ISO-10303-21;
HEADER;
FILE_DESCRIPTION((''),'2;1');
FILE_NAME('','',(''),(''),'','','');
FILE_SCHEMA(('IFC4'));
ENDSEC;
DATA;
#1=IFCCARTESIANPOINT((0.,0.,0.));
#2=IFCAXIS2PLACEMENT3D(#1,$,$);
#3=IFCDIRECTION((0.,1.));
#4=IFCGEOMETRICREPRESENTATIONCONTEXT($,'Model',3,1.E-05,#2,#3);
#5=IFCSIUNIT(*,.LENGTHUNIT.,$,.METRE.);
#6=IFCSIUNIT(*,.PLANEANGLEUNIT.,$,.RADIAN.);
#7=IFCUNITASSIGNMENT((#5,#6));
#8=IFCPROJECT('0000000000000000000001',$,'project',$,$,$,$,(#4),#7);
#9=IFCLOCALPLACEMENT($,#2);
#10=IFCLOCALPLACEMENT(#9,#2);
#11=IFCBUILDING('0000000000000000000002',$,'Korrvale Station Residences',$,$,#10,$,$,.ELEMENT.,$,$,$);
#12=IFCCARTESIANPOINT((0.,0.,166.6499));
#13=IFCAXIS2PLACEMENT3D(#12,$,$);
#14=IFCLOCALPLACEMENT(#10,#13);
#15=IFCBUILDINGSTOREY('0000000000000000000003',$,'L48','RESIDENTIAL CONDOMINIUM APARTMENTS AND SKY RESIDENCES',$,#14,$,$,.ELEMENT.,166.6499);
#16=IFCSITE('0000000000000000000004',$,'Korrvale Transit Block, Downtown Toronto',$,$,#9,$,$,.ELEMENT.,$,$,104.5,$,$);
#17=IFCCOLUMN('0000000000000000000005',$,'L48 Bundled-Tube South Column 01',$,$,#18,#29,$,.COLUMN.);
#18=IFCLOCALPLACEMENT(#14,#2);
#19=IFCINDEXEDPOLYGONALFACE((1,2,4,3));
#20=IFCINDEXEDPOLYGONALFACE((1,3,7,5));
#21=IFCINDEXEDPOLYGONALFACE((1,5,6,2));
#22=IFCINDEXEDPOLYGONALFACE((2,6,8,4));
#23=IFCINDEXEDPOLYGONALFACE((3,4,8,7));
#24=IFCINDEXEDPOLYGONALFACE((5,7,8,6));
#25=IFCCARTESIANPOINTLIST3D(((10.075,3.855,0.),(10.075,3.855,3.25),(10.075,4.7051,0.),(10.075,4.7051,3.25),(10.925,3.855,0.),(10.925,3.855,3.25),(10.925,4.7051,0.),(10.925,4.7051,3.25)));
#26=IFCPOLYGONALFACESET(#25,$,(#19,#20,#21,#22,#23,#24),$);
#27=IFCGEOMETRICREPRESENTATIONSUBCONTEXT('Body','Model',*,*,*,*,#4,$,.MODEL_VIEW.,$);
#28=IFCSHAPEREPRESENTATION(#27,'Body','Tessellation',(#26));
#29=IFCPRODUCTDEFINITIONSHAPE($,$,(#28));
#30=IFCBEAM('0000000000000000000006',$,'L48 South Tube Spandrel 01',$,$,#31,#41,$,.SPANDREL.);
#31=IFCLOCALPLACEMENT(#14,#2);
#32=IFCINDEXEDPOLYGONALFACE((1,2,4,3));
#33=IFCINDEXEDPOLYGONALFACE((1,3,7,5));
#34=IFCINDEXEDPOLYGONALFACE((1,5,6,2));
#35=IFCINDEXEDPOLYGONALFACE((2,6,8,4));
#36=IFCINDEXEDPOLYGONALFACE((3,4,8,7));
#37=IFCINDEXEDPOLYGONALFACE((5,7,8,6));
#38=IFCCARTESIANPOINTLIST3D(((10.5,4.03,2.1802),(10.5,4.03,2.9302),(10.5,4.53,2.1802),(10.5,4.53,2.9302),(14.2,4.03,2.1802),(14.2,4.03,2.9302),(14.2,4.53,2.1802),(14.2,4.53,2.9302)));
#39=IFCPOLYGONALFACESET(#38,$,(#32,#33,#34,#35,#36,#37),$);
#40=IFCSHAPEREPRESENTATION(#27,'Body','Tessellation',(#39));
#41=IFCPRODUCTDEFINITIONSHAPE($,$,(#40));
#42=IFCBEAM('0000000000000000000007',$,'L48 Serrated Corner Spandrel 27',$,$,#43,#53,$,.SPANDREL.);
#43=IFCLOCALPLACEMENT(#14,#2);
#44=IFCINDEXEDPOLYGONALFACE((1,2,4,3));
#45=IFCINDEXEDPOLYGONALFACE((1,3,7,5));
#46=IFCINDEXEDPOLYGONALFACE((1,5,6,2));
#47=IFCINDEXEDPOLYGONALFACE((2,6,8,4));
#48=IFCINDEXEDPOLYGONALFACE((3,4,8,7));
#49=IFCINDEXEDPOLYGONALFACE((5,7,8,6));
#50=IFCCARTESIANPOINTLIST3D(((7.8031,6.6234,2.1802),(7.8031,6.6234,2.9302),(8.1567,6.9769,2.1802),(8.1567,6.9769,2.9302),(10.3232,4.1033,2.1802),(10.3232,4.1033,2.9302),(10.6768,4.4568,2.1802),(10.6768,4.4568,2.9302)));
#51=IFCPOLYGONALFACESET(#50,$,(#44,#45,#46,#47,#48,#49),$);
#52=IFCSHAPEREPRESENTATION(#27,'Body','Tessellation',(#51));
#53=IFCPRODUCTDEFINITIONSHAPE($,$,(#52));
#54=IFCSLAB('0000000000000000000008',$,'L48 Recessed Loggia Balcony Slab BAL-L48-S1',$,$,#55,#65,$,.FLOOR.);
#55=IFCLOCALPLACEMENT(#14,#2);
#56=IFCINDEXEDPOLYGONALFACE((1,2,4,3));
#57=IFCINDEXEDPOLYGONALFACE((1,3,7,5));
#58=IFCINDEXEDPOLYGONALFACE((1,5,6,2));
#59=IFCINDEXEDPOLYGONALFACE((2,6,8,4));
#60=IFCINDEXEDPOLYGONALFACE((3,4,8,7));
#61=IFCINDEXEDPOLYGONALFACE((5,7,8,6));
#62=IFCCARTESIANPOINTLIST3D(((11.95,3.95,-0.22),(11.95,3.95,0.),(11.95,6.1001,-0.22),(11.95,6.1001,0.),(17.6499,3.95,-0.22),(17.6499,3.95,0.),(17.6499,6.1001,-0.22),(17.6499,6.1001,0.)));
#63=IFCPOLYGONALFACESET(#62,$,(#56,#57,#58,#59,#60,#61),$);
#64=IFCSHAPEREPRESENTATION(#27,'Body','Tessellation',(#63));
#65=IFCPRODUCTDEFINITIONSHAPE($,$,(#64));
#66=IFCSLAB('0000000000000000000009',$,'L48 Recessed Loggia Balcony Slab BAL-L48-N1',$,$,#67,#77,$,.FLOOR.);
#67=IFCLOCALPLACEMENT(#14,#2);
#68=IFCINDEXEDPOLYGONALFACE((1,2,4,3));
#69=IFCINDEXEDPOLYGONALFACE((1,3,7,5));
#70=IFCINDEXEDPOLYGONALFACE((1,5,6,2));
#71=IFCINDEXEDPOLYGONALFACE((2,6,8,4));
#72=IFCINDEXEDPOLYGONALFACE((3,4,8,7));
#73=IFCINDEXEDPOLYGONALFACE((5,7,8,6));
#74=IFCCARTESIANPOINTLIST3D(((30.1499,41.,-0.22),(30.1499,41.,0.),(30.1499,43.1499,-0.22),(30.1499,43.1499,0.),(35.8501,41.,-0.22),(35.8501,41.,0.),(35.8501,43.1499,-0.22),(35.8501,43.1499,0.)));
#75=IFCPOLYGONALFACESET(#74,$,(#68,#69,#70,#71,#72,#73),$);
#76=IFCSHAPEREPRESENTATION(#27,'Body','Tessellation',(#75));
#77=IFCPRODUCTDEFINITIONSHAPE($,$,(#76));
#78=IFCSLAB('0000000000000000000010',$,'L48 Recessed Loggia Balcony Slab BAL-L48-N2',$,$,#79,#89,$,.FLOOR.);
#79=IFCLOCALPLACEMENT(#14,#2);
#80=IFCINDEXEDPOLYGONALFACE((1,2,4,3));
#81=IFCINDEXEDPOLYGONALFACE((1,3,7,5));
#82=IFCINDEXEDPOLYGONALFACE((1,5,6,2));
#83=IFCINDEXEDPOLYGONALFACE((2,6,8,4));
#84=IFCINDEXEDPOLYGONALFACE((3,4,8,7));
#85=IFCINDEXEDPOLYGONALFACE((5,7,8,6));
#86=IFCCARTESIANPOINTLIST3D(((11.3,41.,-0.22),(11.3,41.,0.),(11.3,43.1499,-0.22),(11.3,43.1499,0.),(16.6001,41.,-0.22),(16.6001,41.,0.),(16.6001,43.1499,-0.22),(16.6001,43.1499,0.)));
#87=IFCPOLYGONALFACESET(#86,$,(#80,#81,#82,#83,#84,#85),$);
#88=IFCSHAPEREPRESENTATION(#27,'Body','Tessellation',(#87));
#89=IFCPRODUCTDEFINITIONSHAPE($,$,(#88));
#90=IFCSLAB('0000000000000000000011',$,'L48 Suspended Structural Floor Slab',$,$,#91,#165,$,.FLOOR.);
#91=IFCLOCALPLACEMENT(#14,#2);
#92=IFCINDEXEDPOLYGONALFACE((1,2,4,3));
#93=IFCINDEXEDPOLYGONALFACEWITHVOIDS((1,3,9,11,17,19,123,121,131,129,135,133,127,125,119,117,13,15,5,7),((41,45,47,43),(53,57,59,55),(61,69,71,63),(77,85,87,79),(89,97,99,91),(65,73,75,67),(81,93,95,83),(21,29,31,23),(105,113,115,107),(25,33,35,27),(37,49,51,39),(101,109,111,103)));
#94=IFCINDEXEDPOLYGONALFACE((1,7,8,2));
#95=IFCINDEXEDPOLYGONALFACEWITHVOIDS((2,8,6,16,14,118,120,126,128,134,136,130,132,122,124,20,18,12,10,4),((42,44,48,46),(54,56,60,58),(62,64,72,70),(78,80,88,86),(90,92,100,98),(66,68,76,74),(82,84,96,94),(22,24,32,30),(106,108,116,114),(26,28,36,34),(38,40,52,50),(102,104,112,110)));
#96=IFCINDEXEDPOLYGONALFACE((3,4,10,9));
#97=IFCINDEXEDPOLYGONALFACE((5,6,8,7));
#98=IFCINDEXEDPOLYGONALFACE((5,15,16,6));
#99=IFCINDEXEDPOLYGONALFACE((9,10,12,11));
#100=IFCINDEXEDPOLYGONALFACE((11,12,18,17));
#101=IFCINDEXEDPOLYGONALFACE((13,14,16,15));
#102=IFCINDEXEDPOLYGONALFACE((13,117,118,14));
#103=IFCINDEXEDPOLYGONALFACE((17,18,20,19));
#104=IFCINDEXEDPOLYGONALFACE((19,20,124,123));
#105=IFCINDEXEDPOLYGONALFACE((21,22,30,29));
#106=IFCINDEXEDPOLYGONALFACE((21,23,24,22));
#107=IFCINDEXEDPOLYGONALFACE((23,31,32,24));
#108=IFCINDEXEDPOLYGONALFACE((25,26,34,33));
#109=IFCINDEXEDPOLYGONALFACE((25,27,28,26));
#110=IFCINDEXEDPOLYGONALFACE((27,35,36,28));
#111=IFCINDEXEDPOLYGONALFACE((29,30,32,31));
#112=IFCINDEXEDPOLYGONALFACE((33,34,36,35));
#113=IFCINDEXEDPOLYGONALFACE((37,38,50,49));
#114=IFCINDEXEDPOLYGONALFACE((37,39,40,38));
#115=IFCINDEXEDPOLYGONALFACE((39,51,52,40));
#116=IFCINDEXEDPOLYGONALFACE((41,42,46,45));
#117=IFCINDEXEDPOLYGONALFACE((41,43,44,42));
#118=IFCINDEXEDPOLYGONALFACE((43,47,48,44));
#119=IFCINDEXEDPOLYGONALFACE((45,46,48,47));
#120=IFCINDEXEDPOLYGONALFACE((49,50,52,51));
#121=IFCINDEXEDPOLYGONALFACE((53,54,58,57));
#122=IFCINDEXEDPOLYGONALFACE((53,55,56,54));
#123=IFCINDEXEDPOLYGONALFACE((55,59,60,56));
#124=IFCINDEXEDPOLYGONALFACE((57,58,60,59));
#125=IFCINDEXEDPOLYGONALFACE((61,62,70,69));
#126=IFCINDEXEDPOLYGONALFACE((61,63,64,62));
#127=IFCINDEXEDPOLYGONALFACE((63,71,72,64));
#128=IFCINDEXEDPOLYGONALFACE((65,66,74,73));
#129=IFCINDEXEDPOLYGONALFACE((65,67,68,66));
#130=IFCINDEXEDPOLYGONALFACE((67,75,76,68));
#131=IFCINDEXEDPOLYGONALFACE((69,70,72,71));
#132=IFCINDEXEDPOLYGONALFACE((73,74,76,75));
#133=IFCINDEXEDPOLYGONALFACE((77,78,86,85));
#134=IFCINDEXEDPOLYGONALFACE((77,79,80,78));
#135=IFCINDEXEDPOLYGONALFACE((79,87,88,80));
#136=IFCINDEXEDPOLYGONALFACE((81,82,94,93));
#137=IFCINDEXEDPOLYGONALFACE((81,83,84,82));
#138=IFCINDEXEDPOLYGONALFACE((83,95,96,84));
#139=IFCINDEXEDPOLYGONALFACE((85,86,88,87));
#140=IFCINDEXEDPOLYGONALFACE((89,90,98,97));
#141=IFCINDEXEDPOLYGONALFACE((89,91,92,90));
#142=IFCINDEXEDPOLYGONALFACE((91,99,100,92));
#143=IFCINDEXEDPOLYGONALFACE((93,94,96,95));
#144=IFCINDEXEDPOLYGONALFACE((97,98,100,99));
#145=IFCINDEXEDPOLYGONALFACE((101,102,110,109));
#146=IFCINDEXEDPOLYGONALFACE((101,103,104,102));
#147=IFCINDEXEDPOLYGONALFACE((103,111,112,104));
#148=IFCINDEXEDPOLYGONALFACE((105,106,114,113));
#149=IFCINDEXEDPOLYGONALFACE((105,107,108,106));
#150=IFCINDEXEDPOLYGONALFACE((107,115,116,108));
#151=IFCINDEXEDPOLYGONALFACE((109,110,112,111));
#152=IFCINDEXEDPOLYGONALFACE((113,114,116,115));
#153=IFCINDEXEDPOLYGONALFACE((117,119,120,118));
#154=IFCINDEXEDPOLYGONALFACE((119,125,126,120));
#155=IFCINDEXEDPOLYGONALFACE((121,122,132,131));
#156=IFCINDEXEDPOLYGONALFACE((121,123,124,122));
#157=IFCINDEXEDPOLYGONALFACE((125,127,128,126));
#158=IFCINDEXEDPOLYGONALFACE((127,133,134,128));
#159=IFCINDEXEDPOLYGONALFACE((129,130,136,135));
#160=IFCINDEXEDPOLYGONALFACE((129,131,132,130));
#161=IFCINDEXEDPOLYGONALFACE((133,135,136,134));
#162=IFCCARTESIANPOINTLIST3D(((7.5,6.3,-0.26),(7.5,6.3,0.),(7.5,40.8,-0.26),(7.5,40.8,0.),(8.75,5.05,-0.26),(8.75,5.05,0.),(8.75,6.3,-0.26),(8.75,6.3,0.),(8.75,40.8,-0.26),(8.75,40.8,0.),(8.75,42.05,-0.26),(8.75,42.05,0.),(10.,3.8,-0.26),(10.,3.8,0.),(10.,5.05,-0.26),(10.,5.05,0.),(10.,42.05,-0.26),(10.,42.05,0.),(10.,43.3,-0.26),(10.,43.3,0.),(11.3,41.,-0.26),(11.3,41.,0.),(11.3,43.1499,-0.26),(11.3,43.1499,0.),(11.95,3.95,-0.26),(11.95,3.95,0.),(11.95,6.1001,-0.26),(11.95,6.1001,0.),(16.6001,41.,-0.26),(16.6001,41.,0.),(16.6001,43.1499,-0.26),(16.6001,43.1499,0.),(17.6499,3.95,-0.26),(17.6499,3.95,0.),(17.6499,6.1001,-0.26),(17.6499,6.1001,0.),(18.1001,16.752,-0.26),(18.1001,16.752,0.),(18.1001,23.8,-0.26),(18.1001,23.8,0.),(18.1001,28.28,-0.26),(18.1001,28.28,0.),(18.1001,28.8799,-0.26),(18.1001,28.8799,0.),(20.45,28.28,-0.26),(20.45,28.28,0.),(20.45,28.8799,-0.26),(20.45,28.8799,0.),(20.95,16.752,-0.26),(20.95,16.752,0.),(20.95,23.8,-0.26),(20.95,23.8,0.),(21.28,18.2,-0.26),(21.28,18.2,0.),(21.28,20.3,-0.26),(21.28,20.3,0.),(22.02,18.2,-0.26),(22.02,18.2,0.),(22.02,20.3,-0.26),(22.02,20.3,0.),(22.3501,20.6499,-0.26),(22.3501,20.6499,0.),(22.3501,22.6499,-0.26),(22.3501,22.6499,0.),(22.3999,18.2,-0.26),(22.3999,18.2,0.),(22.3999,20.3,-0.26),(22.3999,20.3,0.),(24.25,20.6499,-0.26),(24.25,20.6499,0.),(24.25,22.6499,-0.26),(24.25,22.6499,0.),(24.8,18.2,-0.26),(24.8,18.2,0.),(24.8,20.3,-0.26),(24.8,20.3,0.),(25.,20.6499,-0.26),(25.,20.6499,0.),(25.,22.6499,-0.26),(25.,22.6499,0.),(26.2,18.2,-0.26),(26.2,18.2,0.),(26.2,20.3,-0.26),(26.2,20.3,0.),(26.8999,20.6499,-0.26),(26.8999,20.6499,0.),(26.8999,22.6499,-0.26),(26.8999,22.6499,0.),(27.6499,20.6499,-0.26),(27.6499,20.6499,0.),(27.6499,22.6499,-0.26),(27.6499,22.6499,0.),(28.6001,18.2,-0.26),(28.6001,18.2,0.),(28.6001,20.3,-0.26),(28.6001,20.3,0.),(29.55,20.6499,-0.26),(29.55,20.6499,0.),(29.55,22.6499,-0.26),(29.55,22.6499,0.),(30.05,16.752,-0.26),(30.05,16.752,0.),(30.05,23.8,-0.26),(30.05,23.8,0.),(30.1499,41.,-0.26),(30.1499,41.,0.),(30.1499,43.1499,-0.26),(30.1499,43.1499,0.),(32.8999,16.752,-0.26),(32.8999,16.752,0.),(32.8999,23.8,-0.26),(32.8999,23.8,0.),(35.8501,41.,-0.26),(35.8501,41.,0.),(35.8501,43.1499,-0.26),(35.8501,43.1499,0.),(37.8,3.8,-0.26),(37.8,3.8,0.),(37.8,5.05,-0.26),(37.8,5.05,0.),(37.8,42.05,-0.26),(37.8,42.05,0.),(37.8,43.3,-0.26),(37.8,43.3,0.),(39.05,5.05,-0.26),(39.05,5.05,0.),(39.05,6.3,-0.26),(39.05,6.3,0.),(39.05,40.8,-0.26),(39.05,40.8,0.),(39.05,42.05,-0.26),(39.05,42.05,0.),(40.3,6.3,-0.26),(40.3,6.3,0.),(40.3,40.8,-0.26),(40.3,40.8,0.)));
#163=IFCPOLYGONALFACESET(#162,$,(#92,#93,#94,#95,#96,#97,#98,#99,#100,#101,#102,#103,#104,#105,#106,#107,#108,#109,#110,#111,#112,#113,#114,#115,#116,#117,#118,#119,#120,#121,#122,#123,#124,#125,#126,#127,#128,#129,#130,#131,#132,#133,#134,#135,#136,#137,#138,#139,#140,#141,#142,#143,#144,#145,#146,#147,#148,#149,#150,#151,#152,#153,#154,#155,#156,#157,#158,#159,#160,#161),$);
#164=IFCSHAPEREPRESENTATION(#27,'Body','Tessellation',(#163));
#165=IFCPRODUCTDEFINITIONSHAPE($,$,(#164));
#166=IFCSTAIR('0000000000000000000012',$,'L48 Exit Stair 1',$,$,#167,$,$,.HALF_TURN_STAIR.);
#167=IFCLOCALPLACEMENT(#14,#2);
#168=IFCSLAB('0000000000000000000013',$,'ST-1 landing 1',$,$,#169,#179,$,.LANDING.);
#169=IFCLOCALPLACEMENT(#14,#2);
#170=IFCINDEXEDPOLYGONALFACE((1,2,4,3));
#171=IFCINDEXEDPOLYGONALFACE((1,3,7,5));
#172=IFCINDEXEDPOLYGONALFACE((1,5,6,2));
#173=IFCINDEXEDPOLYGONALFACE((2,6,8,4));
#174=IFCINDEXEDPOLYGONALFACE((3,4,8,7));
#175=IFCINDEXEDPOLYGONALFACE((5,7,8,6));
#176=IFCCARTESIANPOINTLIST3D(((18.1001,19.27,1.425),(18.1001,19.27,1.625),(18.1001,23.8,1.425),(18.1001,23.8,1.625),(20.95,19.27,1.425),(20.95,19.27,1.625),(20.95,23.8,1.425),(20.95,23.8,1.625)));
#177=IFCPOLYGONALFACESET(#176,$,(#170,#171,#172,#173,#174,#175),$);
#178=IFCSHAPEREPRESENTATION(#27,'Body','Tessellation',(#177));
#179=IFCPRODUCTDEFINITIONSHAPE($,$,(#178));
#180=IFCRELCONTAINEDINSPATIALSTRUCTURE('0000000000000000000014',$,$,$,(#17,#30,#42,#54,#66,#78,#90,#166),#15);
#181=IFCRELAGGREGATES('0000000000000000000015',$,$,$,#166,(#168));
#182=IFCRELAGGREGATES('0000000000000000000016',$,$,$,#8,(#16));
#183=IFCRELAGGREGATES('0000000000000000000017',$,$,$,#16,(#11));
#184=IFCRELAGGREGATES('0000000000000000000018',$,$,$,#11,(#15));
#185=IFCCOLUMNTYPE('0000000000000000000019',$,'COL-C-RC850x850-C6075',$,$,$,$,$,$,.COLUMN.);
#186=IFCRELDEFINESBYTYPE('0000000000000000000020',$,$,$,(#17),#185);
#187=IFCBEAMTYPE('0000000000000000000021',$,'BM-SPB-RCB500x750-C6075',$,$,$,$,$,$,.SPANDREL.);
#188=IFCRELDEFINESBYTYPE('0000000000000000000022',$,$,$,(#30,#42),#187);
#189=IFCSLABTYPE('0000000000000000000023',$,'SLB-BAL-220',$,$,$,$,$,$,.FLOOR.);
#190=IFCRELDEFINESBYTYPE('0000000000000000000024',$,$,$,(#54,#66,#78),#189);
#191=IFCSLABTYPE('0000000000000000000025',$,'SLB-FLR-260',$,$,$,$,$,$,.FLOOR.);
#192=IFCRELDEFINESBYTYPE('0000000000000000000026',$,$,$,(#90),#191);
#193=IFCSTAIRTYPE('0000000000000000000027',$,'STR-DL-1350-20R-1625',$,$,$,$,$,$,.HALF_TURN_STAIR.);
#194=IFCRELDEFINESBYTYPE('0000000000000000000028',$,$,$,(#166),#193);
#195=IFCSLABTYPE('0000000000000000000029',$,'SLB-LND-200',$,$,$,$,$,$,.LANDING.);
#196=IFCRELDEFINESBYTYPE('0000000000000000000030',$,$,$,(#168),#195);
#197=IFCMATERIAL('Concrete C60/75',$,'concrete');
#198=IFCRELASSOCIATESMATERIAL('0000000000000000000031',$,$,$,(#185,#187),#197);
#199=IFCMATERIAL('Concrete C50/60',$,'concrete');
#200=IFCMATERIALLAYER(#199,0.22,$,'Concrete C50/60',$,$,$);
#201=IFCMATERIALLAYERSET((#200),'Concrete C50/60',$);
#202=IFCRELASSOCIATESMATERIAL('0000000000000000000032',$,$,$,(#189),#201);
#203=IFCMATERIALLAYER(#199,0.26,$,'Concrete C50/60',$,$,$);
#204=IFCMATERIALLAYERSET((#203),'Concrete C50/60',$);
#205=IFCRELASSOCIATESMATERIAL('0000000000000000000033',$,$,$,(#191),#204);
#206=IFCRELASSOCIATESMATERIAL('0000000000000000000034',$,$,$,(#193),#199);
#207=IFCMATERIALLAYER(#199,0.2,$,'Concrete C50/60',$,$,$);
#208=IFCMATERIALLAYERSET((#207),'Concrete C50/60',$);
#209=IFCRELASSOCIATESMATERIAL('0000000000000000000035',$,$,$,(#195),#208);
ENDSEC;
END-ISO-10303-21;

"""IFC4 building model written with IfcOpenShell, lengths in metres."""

from ifc_helpers import new_model, si_unit, direction, frame, origin, origin_2d, place, context, subcontext, project, spatial, polyline, rectangle, outline, extrude, material, layer, layer_set, material_profile, profile_set, type_object, element, aggregate, save


model = new_model("IFC4")

# Units and contexts
model_context = context("Model", 3, precision=1e-05, world=origin(), true_north=direction((0.0, 1.0)))
body_context = subcontext(model_context, "Body", "Model", "MODEL_VIEW")
ifc_project = project(units=[si_unit("LENGTHUNIT", "METRE"), si_unit("PLANEANGLEUNIT", "RADIAN")], contexts=[model_context])

# Site, building, storey
site_placement = place(None, origin())
site = spatial("IfcSite", under=ifc_project, at=site_placement, Name="Korrvale Transit Block, Downtown Toronto", CompositionType="ELEMENT", RefElevation=104.5)
building_placement = place(site_placement, origin())
building = spatial("IfcBuilding", under=site, at=building_placement, Name="Korrvale Station Residences", CompositionType="ELEMENT")
storey_placement = place(building_placement, frame((0.0, 0.0, 166.6499)))
storey = spatial("IfcBuildingStorey", under=building, at=storey_placement, Name="L48", Description="RESIDENTIAL CONDOMINIUM APARTMENTS AND SKY RESIDENCES", CompositionType="ELEMENT", Elevation=166.6499)

# Column
ifc_material_1 = material(Name="Concrete C60/75", Category="concrete")
ifc_material_profile_1 = material_profile(ifc_material_1, rectangle(XDim=0.8501, YDim=0.8501, at=origin_2d()), Name="RC850x850")
ifc_profile_set_1 = profile_set([ifc_material_profile_1], Name="Concrete C60/75")
column_type = type_object("IfcColumnType", Name="COL-C-RC850x850-C6075", PredefinedType="COLUMN", material=ifc_profile_set_1)
column_placement = place(storey_placement, frame((10.5, 4.28, 0.0), z_axis=(0.0, 0.0, 1.0), x_axis=(1.0, 0.0, 0.0)))
element("IfcColumn", 1, at=column_placement, inside=storey, type_object=column_type, Name="L48 Bundled-Tube South Column 01", PredefinedType="COLUMN", context=body_context, shape_type="SweptSolid", body=[
    extrude(rectangle(XDim=0.8501, YDim=0.8501, at=origin_2d()), origin(), (0.0, 0.0, 1.0), 3.25),
])

# Beams
ifc_material_profile_2 = material_profile(ifc_material_1, rectangle(XDim=0.5, YDim=0.75, at=origin_2d()), Name="RCB500x750")
ifc_profile_set_2 = profile_set([ifc_material_profile_2], Name="Concrete C60/75")
beam_type = type_object("IfcBeamType", Name="BM-SPB-RCB500x750-C6075", PredefinedType="SPANDREL", material=ifc_profile_set_2)
beam_1_placement = place(storey_placement, frame((10.5, 4.28, 2.5552), z_axis=(1.0, 0.0, 0.0), x_axis=(0.0, 1.0, 0.0)))
element("IfcBeam", 2, at=beam_1_placement, inside=storey, type_object=beam_type, Name="L48 South Tube Spandrel 01", PredefinedType="SPANDREL", context=body_context, shape_type="SweptSolid", body=[
    extrude(rectangle(XDim=0.5, YDim=0.75, at=origin_2d()), origin(), (0.0, 0.0, 1.0), 3.7),
])
beam_2_placement = place(storey_placement, frame((10.5, 4.28, 2.5552), z_axis=(-0.707107, 0.707107, 0.0), x_axis=(-0.707107, -0.707107, 0.0)))
element("IfcBeam", 3, at=beam_2_placement, inside=storey, type_object=beam_type, Name="L48 Serrated Corner Spandrel 27", PredefinedType="SPANDREL", context=body_context, shape_type="SweptSolid", body=[
    extrude(rectangle(XDim=0.5, YDim=0.75, at=origin_2d()), origin(), (0.0, 0.0, 1.0), 3.564),
])

# Slabs
ifc_material_2 = material(Name="Concrete C50/60", Category="concrete")
ifc_layer_1 = layer(ifc_material_2, 0.22, Name="Concrete C50/60")
ifc_layer_set_1 = layer_set([ifc_layer_1], Name="Concrete C50/60")
slab_type_1 = type_object("IfcSlabType", Name="SLB-BAL-220", PredefinedType="FLOOR", material=ifc_layer_set_1)
slab_1_placement = place(storey_placement, frame((0.0, 0.0, -0.22)))
element("IfcSlab", 4, at=slab_1_placement, inside=storey, type_object=slab_type_1, Name="L48 Recessed Loggia Balcony Slab BAL-L48-S1", PredefinedType="FLOOR", context=body_context, shape_type="SweptSolid", body=[
    extrude(outline(polyline([(11.95, 3.95), (17.6499, 3.95), (17.6499, 6.1001), (11.95, 6.1001), (11.95, 3.95)])), origin(), (0.0, 0.0, 1.0), 0.22),
])
slab_2_placement = place(storey_placement, frame((0.0, 0.0, -0.22)))
element("IfcSlab", 5, at=slab_2_placement, inside=storey, type_object=slab_type_1, Name="L48 Recessed Loggia Balcony Slab BAL-L48-N1", PredefinedType="FLOOR", context=body_context, shape_type="SweptSolid", body=[
    extrude(outline(polyline([(30.1499, 41.0), (35.8501, 41.0), (35.8501, 43.1499), (30.1499, 43.1499), (30.1499, 41.0)])), origin(), (0.0, 0.0, 1.0), 0.22),
])
slab_3_placement = place(storey_placement, frame((0.0, 0.0, -0.22)))
element("IfcSlab", 6, at=slab_3_placement, inside=storey, type_object=slab_type_1, Name="L48 Recessed Loggia Balcony Slab BAL-L48-N2", PredefinedType="FLOOR", context=body_context, shape_type="SweptSolid", body=[
    extrude(outline(polyline([(11.3, 41.0), (16.6001, 41.0), (16.6001, 43.1499), (11.3, 43.1499), (11.3, 41.0)])), origin(), (0.0, 0.0, 1.0), 0.22),
])
ifc_layer_2 = layer(ifc_material_2, 0.26, Name="Concrete C50/60")
ifc_layer_set_2 = layer_set([ifc_layer_2], Name="Concrete C50/60")
slab_type_2 = type_object("IfcSlabType", Name="SLB-FLR-260", PredefinedType="FLOOR", material=ifc_layer_set_2)
slab_4_placement = place(storey_placement, frame((0.0, 0.0, -0.26)))
element("IfcSlab", 7, at=slab_4_placement, inside=storey, type_object=slab_type_2, Name="L48 Suspended Structural Floor Slab", PredefinedType="FLOOR", context=body_context, shape_type="SweptSolid", body=[
    extrude(outline(polyline([(10.0, 3.8), (37.8, 3.8), (37.8, 5.05), (39.05, 5.05), (39.05, 6.3), (40.3, 6.3), (40.3, 40.8), (39.05, 40.8), (39.05, 42.05), (37.8, 42.05), (37.8, 43.3), (10.0, 43.3), (10.0, 42.05), (8.75, 42.05), (8.75, 40.8), (7.5, 40.8), (7.5, 6.3), (8.75, 6.3), (8.75, 5.05), (10.0, 5.05), (10.0, 3.8)]), holes=[polyline([(20.95, 16.752), (20.95, 23.8), (18.1001, 23.8), (18.1001, 16.752), (20.95, 16.752)]), polyline([(32.8999, 16.752), (32.8999, 23.8), (30.05, 23.8), (30.05, 16.752), (32.8999, 16.752)]), polyline([(22.3501, 20.6499), (24.25, 20.6499), (24.25, 22.6499), (22.3501, 22.6499), (22.3501, 20.6499)]), polyline([(25.0, 20.6499), (26.8999, 20.6499), (26.8999, 22.6499), (25.0, 22.6499), (25.0, 20.6499)]), polyline([(27.6499, 20.6499), (29.55, 20.6499), (29.55, 22.6499), (27.6499, 22.6499), (27.6499, 20.6499)]), polyline([(22.3999, 18.2), (24.8, 18.2), (24.8, 20.3), (22.3999, 20.3), (22.3999, 18.2)]), polyline([(26.2, 18.2), (28.6001, 18.2), (28.6001, 20.3), (26.2, 20.3), (26.2, 18.2)]), polyline([(18.1001, 28.28), (20.45, 28.28), (20.45, 28.8799), (18.1001, 28.8799), (18.1001, 28.28)]), polyline([(21.28, 18.2), (22.02, 18.2), (22.02, 20.3), (21.28, 20.3), (21.28, 18.2)]), polyline([(11.95, 3.95), (17.6499, 3.95), (17.6499, 6.1001), (11.95, 6.1001), (11.95, 3.95)]), polyline([(30.1499, 41.0), (35.8501, 41.0), (35.8501, 43.1499), (30.1499, 43.1499), (30.1499, 41.0)]), polyline([(11.3, 41.0), (16.6001, 41.0), (16.6001, 43.1499), (11.3, 43.1499), (11.3, 41.0)])]), origin(), (0.0, 0.0, 1.0), 0.26),
])

# Stair, slab
stair_type = type_object("IfcStairType", Name="STR-DL-1350-20R-1625", PredefinedType="HALF_TURN_STAIR", material=ifc_material_2)
stair_1_placement = place(storey_placement, origin())
stair_1 = element("IfcStair", 8, at=stair_1_placement, inside=storey, type_object=stair_type, Name="L48 Exit Stair 1", PredefinedType="HALF_TURN_STAIR")
ifc_layer_3 = layer(ifc_material_2, 0.2, Name="Concrete C50/60")
ifc_layer_set_3 = layer_set([ifc_layer_3], Name="Concrete C50/60")
slab_type_3 = type_object("IfcSlabType", Name="SLB-LND-200", PredefinedType="LANDING", material=ifc_layer_set_3)
slab_5_placement = place(storey_placement, frame((0.0, 0.0, 1.425)))
slab_5 = element("IfcSlab", 9, at=slab_5_placement, type_object=slab_type_3, Name="ST-1 landing 1", PredefinedType="LANDING", context=body_context, shape_type="SweptSolid", body=[
    extrude(outline(polyline([(20.95, 19.27), (20.95, 23.8), (18.1001, 23.8), (18.1001, 19.27), (20.95, 19.27)])), origin(), (0.0, 0.0, 1.0), 0.2),
])
aggregate(stair_1, [slab_5])

save(model, "model.ifc")
